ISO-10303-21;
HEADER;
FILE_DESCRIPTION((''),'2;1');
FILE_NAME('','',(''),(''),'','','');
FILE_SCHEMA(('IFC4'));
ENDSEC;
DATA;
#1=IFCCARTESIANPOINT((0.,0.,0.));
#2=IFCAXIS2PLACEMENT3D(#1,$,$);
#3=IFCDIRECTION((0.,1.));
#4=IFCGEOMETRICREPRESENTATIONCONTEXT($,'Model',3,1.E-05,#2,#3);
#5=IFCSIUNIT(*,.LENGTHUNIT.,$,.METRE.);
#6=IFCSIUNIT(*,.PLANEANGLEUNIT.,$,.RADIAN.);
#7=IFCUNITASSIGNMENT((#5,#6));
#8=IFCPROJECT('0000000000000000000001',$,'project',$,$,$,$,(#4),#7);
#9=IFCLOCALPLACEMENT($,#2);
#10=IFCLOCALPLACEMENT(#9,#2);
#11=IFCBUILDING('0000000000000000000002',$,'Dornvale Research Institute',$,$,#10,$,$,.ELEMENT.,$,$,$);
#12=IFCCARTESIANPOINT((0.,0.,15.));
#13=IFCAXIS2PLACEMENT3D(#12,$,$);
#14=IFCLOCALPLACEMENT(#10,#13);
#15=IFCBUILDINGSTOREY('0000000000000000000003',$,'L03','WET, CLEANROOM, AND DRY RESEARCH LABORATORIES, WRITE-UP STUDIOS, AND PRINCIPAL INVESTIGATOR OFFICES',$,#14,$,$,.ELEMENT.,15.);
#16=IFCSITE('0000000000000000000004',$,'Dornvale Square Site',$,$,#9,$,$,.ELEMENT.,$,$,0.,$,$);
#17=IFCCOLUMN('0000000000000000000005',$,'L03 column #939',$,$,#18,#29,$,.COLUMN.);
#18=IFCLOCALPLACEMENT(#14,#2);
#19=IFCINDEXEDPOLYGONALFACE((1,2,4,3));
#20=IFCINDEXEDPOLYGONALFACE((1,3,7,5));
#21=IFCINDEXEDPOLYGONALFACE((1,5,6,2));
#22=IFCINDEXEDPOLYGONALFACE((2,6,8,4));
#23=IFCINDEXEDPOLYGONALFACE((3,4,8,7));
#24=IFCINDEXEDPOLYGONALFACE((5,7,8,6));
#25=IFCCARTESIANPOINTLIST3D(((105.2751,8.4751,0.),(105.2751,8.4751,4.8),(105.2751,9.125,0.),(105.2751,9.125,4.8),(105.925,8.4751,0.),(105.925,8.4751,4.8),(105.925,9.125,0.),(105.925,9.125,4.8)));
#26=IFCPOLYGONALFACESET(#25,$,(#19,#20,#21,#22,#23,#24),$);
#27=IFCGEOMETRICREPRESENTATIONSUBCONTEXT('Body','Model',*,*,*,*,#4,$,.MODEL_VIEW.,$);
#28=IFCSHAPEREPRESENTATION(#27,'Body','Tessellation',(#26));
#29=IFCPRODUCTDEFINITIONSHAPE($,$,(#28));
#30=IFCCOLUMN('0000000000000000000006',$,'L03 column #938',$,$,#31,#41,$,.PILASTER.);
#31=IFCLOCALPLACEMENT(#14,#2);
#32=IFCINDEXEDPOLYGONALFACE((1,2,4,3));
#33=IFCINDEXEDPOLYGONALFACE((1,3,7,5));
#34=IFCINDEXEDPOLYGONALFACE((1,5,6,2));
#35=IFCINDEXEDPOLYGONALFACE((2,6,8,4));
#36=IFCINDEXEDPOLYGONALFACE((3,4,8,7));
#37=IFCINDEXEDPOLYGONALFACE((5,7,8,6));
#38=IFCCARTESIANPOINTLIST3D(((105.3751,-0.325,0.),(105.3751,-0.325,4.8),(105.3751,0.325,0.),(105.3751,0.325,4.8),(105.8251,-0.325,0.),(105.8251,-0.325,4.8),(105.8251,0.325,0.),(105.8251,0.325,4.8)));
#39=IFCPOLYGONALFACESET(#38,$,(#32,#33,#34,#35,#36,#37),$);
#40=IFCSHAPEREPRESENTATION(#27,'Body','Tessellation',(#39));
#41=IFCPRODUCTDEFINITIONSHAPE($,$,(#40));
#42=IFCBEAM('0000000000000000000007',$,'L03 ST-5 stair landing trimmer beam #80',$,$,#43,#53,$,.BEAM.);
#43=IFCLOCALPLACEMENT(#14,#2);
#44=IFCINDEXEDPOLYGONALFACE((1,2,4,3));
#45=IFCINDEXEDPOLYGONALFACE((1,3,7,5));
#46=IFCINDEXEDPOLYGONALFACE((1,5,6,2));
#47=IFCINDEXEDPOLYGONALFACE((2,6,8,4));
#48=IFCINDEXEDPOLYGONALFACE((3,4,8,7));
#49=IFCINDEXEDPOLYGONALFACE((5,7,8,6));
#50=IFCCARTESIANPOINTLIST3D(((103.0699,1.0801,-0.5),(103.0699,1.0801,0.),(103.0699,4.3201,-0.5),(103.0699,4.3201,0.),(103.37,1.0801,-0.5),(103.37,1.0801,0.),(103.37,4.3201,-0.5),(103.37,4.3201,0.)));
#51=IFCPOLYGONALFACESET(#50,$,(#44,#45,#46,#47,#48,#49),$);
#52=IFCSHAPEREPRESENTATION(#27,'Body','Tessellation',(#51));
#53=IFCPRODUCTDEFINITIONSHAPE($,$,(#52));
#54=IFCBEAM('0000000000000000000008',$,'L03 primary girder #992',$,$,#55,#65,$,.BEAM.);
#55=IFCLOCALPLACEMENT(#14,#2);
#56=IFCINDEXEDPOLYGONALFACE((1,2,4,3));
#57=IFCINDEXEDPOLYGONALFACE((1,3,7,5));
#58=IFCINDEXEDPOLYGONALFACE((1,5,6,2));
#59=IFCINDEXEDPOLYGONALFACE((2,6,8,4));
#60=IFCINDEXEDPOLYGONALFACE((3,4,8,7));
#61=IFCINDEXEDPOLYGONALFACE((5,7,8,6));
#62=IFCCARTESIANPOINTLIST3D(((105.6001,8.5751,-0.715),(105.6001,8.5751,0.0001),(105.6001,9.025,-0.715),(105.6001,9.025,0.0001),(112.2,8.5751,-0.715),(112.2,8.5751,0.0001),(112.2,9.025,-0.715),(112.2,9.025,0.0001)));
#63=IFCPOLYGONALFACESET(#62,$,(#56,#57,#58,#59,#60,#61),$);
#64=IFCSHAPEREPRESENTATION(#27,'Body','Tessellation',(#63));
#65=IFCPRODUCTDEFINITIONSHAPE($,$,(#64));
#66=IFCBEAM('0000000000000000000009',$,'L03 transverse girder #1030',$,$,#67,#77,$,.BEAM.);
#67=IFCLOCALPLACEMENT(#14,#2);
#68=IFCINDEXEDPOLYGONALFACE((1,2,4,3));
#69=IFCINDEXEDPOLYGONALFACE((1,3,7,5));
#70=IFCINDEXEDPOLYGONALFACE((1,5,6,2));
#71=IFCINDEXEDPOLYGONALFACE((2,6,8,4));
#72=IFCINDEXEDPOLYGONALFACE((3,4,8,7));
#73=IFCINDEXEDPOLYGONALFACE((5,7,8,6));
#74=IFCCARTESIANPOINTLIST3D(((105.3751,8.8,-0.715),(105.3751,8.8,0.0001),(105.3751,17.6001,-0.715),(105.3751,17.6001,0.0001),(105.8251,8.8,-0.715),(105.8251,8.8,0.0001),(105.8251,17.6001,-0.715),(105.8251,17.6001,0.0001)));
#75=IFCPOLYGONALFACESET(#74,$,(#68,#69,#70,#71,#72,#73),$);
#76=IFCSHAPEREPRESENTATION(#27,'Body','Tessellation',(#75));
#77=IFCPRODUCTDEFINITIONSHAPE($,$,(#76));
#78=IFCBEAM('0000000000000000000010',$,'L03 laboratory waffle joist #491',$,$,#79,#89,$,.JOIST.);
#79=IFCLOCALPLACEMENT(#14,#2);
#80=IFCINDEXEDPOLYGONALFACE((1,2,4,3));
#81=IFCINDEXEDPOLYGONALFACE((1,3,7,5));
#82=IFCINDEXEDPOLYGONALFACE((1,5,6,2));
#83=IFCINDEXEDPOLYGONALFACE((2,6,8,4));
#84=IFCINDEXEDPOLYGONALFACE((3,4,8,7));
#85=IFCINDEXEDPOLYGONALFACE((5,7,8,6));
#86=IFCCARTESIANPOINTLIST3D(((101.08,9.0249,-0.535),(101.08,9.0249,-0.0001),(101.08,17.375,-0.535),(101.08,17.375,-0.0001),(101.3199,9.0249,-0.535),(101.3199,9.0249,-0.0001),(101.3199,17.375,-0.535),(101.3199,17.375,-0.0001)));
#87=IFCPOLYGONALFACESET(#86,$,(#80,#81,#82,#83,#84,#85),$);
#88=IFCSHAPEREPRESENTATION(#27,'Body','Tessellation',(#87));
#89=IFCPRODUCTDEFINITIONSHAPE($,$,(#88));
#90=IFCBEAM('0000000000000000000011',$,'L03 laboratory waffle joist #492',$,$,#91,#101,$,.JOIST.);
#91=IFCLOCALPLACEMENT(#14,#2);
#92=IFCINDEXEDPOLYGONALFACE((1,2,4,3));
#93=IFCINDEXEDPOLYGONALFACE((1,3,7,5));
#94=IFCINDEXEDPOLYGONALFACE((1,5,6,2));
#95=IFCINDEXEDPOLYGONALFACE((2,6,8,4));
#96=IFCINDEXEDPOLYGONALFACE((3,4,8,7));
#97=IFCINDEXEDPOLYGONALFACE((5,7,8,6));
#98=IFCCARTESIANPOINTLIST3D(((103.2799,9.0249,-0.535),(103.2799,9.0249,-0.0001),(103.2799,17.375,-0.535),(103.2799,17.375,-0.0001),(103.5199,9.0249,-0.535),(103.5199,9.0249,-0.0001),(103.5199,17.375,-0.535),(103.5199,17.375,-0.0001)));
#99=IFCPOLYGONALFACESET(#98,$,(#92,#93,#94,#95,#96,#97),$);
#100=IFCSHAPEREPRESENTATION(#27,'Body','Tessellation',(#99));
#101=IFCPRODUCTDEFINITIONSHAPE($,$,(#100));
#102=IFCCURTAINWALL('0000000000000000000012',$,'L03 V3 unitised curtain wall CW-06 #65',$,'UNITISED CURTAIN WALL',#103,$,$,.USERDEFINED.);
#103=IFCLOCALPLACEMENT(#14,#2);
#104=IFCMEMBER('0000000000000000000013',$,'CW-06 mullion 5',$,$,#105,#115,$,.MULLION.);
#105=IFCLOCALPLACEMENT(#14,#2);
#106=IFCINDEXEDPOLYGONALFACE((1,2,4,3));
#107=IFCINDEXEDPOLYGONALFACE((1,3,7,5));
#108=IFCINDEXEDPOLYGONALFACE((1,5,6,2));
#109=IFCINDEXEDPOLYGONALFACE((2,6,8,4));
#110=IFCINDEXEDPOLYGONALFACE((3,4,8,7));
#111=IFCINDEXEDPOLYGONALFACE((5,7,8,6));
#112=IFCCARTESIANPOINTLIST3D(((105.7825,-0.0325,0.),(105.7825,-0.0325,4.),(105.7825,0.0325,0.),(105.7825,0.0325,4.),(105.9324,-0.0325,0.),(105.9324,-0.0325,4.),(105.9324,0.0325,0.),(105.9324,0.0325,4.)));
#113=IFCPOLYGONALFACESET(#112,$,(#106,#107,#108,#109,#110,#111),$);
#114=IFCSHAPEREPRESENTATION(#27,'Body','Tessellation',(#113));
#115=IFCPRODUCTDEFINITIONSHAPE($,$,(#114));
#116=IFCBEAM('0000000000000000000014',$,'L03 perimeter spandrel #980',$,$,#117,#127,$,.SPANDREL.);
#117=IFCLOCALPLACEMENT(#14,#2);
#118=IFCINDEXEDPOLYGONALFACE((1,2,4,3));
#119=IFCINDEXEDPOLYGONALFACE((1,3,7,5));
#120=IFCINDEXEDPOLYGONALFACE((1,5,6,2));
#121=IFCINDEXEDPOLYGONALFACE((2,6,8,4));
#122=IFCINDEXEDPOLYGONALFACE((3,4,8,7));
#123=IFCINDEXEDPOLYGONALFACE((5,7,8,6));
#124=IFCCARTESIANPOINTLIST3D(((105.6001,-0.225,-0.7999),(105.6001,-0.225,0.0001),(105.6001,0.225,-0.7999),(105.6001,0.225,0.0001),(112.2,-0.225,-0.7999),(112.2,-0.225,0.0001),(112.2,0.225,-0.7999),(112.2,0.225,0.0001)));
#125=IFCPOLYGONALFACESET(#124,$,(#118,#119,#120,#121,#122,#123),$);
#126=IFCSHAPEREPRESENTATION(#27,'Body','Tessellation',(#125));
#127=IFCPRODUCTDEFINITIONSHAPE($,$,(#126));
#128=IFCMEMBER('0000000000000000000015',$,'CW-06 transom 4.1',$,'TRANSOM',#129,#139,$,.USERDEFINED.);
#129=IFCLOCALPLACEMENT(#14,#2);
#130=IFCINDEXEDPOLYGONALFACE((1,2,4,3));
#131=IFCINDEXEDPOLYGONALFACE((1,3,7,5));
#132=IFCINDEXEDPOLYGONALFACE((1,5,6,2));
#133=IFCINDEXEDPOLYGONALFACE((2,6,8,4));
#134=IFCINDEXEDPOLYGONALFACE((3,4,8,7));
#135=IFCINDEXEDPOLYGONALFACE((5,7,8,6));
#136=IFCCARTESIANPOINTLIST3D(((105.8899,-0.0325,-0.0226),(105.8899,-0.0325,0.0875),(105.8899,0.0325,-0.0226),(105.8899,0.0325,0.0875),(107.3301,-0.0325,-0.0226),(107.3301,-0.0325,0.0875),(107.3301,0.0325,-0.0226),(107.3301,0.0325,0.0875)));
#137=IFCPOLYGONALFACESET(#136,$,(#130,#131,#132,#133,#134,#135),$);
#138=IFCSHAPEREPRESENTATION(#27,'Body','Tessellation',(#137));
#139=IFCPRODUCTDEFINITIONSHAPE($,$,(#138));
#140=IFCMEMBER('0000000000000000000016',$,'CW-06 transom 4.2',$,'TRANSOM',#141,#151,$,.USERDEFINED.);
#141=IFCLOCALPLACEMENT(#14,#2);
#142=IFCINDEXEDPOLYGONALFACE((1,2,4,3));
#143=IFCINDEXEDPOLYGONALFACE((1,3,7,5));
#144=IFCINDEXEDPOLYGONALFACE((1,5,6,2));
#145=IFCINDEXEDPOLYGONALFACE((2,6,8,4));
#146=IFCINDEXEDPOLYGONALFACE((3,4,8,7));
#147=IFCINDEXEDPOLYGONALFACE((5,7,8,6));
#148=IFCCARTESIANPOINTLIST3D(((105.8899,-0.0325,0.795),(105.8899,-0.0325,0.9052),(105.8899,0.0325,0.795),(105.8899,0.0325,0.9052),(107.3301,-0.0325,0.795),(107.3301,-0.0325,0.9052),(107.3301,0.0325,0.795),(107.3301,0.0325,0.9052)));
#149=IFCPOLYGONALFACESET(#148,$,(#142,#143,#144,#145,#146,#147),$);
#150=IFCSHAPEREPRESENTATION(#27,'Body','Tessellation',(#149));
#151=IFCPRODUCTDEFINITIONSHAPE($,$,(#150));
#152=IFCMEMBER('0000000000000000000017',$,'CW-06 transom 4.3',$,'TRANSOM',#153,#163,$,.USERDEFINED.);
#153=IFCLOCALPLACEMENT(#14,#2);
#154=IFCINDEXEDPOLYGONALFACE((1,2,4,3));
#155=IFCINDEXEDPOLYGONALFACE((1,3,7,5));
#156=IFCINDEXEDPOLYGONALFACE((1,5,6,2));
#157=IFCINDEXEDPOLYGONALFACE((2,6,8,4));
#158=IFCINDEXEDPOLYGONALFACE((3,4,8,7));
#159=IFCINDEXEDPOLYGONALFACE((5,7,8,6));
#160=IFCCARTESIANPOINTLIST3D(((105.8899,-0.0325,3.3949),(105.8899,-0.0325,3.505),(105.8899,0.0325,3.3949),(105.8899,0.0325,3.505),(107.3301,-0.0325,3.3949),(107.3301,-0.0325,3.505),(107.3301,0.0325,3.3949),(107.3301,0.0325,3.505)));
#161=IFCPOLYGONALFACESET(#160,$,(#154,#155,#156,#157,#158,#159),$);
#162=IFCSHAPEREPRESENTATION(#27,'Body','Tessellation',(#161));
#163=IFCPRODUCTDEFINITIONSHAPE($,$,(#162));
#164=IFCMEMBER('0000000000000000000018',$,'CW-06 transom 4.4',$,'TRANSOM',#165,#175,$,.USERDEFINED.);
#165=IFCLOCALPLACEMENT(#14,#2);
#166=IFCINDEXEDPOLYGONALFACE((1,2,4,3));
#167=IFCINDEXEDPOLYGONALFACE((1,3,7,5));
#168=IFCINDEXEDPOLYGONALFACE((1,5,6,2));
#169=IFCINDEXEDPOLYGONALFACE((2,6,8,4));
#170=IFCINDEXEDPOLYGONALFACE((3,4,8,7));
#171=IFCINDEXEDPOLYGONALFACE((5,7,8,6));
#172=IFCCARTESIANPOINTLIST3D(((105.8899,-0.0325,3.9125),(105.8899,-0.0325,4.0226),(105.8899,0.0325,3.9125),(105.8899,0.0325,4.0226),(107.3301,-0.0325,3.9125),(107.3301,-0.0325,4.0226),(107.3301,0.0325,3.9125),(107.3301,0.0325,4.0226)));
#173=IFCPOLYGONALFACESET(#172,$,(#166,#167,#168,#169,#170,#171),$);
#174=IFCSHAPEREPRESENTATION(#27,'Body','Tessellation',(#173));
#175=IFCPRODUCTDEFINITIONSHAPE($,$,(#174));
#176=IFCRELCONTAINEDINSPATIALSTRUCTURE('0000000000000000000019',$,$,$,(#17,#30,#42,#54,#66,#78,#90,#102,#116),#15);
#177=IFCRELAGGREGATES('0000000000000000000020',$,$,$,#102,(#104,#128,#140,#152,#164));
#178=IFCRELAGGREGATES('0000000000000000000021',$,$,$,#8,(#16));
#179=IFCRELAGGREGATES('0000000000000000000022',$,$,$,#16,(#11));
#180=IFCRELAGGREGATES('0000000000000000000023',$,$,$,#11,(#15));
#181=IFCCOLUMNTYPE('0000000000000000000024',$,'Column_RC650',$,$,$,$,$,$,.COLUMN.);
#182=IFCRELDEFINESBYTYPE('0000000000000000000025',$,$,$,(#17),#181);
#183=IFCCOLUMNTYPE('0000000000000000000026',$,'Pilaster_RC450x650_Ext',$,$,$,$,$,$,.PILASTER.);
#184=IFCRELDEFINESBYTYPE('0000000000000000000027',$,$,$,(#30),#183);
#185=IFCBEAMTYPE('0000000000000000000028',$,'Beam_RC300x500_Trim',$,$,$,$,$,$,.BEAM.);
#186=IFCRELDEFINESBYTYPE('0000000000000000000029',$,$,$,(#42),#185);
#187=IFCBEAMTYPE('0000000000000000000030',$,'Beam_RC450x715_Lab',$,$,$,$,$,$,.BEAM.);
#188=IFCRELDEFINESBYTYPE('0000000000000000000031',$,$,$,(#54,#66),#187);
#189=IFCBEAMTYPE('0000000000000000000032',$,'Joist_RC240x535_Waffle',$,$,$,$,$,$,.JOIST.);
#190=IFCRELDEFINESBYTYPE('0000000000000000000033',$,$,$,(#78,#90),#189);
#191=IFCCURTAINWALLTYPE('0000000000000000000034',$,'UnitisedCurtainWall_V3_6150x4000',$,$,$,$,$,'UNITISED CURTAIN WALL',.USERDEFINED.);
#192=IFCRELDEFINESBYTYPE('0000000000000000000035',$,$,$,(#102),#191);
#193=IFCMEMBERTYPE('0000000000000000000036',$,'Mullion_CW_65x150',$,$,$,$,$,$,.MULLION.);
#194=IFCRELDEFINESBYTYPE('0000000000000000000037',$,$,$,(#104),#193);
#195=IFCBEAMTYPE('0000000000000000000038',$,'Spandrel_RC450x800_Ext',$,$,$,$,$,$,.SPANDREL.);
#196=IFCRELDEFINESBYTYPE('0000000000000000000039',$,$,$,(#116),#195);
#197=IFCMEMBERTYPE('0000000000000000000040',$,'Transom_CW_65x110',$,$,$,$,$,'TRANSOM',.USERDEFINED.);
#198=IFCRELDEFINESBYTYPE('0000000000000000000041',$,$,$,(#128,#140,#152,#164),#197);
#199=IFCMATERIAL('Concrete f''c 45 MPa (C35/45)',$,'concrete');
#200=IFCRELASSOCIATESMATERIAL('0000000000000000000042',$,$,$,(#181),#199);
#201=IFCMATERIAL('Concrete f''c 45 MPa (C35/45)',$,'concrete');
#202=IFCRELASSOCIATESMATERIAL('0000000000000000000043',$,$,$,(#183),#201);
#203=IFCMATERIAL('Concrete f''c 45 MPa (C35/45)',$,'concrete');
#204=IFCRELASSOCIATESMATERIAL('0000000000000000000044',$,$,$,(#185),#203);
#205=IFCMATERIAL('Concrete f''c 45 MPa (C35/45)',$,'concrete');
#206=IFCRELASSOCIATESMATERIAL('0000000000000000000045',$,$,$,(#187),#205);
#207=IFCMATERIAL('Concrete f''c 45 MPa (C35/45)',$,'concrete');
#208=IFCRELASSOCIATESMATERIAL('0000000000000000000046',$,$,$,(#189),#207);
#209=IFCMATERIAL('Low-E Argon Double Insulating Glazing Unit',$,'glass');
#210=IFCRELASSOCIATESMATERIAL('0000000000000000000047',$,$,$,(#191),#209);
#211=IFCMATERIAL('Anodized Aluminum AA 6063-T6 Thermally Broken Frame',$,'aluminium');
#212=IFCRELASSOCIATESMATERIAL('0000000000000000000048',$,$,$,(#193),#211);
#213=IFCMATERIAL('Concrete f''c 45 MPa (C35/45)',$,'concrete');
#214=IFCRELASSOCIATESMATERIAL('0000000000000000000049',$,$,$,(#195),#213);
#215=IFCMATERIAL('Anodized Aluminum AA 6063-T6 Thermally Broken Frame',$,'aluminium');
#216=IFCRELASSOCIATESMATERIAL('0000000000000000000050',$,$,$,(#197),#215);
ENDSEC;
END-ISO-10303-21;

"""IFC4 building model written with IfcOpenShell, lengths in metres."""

from ifc_helpers import new_model, si_unit, direction, frame, origin, origin_2d, place, context, subcontext, project, spatial, rectangle, extrude, material, material_profile, profile_set, type_object, element, aggregate, save


model = new_model("IFC4")

# Units and contexts
model_context = context("Model", 3, precision=1e-05, world=origin(), true_north=direction((0.0, 1.0)))
body_context = subcontext(model_context, "Body", "Model", "MODEL_VIEW")
ifc_project = project(units=[si_unit("LENGTHUNIT", "METRE"), si_unit("PLANEANGLEUNIT", "RADIAN")], contexts=[model_context])

# Site, building, storey
site_placement = place(None, origin())
site = spatial("IfcSite", under=ifc_project, at=site_placement, Name="Dornvale Square Site", CompositionType="ELEMENT", RefElevation=0.0)
building_placement = place(site_placement, origin())
building = spatial("IfcBuilding", under=site, at=building_placement, Name="Dornvale Research Institute", CompositionType="ELEMENT")
storey_placement = place(building_placement, frame((0.0, 0.0, 15.0)))
storey = spatial("IfcBuildingStorey", under=building, at=storey_placement, Name="L03", Description="WET, CLEANROOM, AND DRY RESEARCH LABORATORIES, WRITE-UP STUDIOS, AND PRINCIPAL INVESTIGATOR OFFICES", CompositionType="ELEMENT", Elevation=15.0)

# Columns
ifc_material_1 = material(Name="Concrete f'c 45 MPa (C35/45)", Category="concrete")
ifc_material_profile_1 = material_profile(ifc_material_1, rectangle(XDim=0.6499, YDim=0.6499, at=origin_2d()), Name="RC 650x650")
ifc_profile_set_1 = profile_set([ifc_material_profile_1], Name="Concrete f'c 45 MPa (C35/45)")
column_type_1 = type_object("IfcColumnType", Name="Column_RC650", PredefinedType="COLUMN", material=ifc_profile_set_1)
column_1_placement = place(storey_placement, frame((105.6001, 8.8, 0.0), z_axis=(0.0, 0.0, 1.0), x_axis=(1.0, 0.0, 0.0)))
element("IfcColumn", 1, at=column_1_placement, inside=storey, type_object=column_type_1, Name="L03 column #939", PredefinedType="COLUMN", context=body_context, shape_type="SweptSolid", body=[
    extrude(rectangle(XDim=0.6499, YDim=0.6499, at=origin_2d()), origin(), (0.0, 0.0, 1.0), 4.8),
])
ifc_material_2 = material(Name="Concrete f'c 45 MPa (C35/45)", Category="concrete")
ifc_material_profile_2 = material_profile(ifc_material_2, rectangle(XDim=0.45, YDim=0.6499, at=origin_2d()), Name="RC 450x650")
ifc_profile_set_2 = profile_set([ifc_material_profile_2], Name="Concrete f'c 45 MPa (C35/45)")
column_type_2 = type_object("IfcColumnType", Name="Pilaster_RC450x650_Ext", PredefinedType="PILASTER", material=ifc_profile_set_2)
column_2_placement = place(storey_placement, frame((105.6001, 0.0, 0.0), z_axis=(0.0, 0.0, 1.0), x_axis=(1.0, 0.0, 0.0)))
element("IfcColumn", 2, at=column_2_placement, inside=storey, type_object=column_type_2, Name="L03 column #938", PredefinedType="PILASTER", context=body_context, shape_type="SweptSolid", body=[
    extrude(rectangle(XDim=0.45, YDim=0.6499, at=origin_2d()), origin(), (0.0, 0.0, 1.0), 4.8),
])

# Beams
ifc_material_3 = material(Name="Concrete f'c 45 MPa (C35/45)", Category="concrete")
ifc_material_profile_3 = material_profile(ifc_material_3, rectangle(XDim=0.3, YDim=0.5, at=origin_2d()), Name="RC 300x500")
ifc_profile_set_3 = profile_set([ifc_material_profile_3], Name="Concrete f'c 45 MPa (C35/45)")
beam_type_1 = type_object("IfcBeamType", Name="Beam_RC300x500_Trim", PredefinedType="BEAM", material=ifc_profile_set_3)
beam_1_placement = place(storey_placement, frame((103.22, 1.0801, -0.25), z_axis=(0.0, 1.0, 0.0), x_axis=(-1.0, 0.0, 0.0)))
element("IfcBeam", 3, at=beam_1_placement, inside=storey, type_object=beam_type_1, Name="L03 ST-5 stair landing trimmer beam #80", PredefinedType="BEAM", context=body_context, shape_type="SweptSolid", body=[
    extrude(rectangle(XDim=0.3, YDim=0.5, at=origin_2d()), origin(), (0.0, 0.0, 1.0), 3.24),
])
ifc_material_4 = material(Name="Concrete f'c 45 MPa (C35/45)", Category="concrete")
ifc_material_profile_4 = material_profile(ifc_material_4, rectangle(XDim=0.45, YDim=0.7151, at=origin_2d()), Name="RC 450x715")
ifc_profile_set_4 = profile_set([ifc_material_profile_4], Name="Concrete f'c 45 MPa (C35/45)")
beam_type_2 = type_object("IfcBeamType", Name="Beam_RC450x715_Lab", PredefinedType="BEAM", material=ifc_profile_set_4)
beam_2_placement = place(storey_placement, frame((105.6001, 8.8, -0.3574), z_axis=(1.0, 0.0, 0.0), x_axis=(0.0, 1.0, 0.0)))
element("IfcBeam", 4, at=beam_2_placement, inside=storey, type_object=beam_type_2, Name="L03 primary girder #992", PredefinedType="BEAM", context=body_context, shape_type="SweptSolid", body=[
    extrude(rectangle(XDim=0.45, YDim=0.7151, at=origin_2d()), origin(), (0.0, 0.0, 1.0), 6.5999),
])
beam_3_placement = place(storey_placement, frame((105.6001, 8.8, -0.3574), z_axis=(0.0, 1.0, 0.0), x_axis=(-1.0, 0.0, 0.0)))
element("IfcBeam", 5, at=beam_3_placement, inside=storey, type_object=beam_type_2, Name="L03 transverse girder #1030", PredefinedType="BEAM", context=body_context, shape_type="SweptSolid", body=[
    extrude(rectangle(XDim=0.45, YDim=0.7151, at=origin_2d()), origin(), (0.0, 0.0, 1.0), 8.8),
])
ifc_material_5 = material(Name="Concrete f'c 45 MPa (C35/45)", Category="concrete")
ifc_material_profile_5 = material_profile(ifc_material_5, rectangle(XDim=0.24, YDim=0.5349, at=origin_2d()), Name="RC 240x535")
ifc_profile_set_5 = profile_set([ifc_material_profile_5], Name="Concrete f'c 45 MPa (C35/45)")
beam_type_3 = type_object("IfcBeamType", Name="Joist_RC240x535_Waffle", PredefinedType="JOIST", material=ifc_profile_set_5)
for number, where, z_axis, x_axis, name in (
    (6, (101.2, 9.0249, -0.2676), (0.0, 1.0, 0.0), (-1.0, 0.0, 0.0), "L03 laboratory waffle joist #491"),
    (7, (103.3999, 9.0249, -0.2676), (0.0, 1.0, 0.0), (-1.0, 0.0, 0.0), "L03 laboratory waffle joist #492"),
):
    element("IfcBeam", number, at=place(storey_placement, frame(where, z_axis=z_axis, x_axis=x_axis)), inside=storey, type_object=beam_type_3, Name=name, PredefinedType="JOIST", context=body_context, shape_type="SweptSolid", body=[
        extrude(rectangle(XDim=0.24, YDim=0.5349, at=origin_2d()), origin(), (0.0, 0.0, 1.0), 8.3501),
    ])

# Curtain wall, member
ifc_material_6 = material(Name="Low-E Argon Double Insulating Glazing Unit", Category="glass")
curtain_wall_type = type_object("IfcCurtainWallType", Name="UnitisedCurtainWall_V3_6150x4000", ElementType="UNITISED CURTAIN WALL", PredefinedType="USERDEFINED", material=ifc_material_6)
curtain_wall_placement = place(storey_placement, origin())
curtain_wall = element("IfcCurtainWall", 8, at=curtain_wall_placement, inside=storey, type_object=curtain_wall_type, Name="L03 V3 unitised curtain wall CW-06 #65", ObjectType="UNITISED CURTAIN WALL", PredefinedType="USERDEFINED")
ifc_material_7 = material(Name="Anodized Aluminum AA 6063-T6 Thermally Broken Frame", Category="aluminium")
ifc_material_profile_6 = material_profile(ifc_material_7, rectangle(XDim=0.0649, YDim=0.1499, at=origin_2d()), Name="ALU MULLION 65x150")
ifc_profile_set_6 = profile_set([ifc_material_profile_6], Name="Anodized Aluminum AA 6063-T6 Thermally Broken Frame")
member_type_1 = type_object("IfcMemberType", Name="Mullion_CW_65x150", PredefinedType="MULLION", material=ifc_profile_set_6)
member_1_placement = place(storey_placement, frame((105.8574, 0.0, 0.0), z_axis=(0.0, 0.0, 1.0), x_axis=(0.0, -1.0, 0.0)))
member_1 = element("IfcMember", 9, at=member_1_placement, type_object=member_type_1, Name="CW-06 mullion 5", PredefinedType="MULLION", context=body_context, shape_type="SweptSolid", body=[
    extrude(rectangle(XDim=0.0649, YDim=0.1499, at=origin_2d()), origin(), (0.0, 0.0, 1.0), 4.0),
])

# Beam
ifc_material_8 = material(Name="Concrete f'c 45 MPa (C35/45)", Category="concrete")
ifc_material_profile_7 = material_profile(ifc_material_8, rectangle(XDim=0.45, YDim=0.8, at=origin_2d()), Name="RC 450x800")
ifc_profile_set_7 = profile_set([ifc_material_profile_7], Name="Concrete f'c 45 MPa (C35/45)")
beam_type_4 = type_object("IfcBeamType", Name="Spandrel_RC450x800_Ext", PredefinedType="SPANDREL", material=ifc_profile_set_7)
beam_4_placement = place(storey_placement, frame((105.6001, 0.0, -0.3999), z_axis=(1.0, 0.0, 0.0), x_axis=(0.0, 1.0, 0.0)))
element("IfcBeam", 10, at=beam_4_placement, inside=storey, type_object=beam_type_4, Name="L03 perimeter spandrel #980", PredefinedType="SPANDREL", context=body_context, shape_type="SweptSolid", body=[
    extrude(rectangle(XDim=0.45, YDim=0.8, at=origin_2d()), origin(), (0.0, 0.0, 1.0), 6.5999),
])

# Members
ifc_material_9 = material(Name="Anodized Aluminum AA 6063-T6 Thermally Broken Frame", Category="aluminium")
ifc_material_profile_8 = material_profile(ifc_material_9, rectangle(XDim=0.0649, YDim=0.1101, at=origin_2d()), Name="ALU TRANSOM 65x110")
ifc_profile_set_8 = profile_set([ifc_material_profile_8], Name="Anodized Aluminum AA 6063-T6 Thermally Broken Frame")
member_type_2 = type_object("IfcMemberType", Name="Transom_CW_65x110", ElementType="TRANSOM", PredefinedType="USERDEFINED", material=ifc_profile_set_8)
member_2_placement = place(storey_placement, frame((107.3301, 0.0, 0.0325), z_axis=(-1.0, 0.0, 0.0), x_axis=(0.0, -1.0, 0.0)))
member_2 = element("IfcMember", 11, at=member_2_placement, type_object=member_type_2, Name="CW-06 transom 4.1", ObjectType="TRANSOM", PredefinedType="USERDEFINED", context=body_context, shape_type="SweptSolid", body=[
    extrude(rectangle(XDim=0.0649, YDim=0.1101, at=origin_2d()), origin(), (0.0, 0.0, 1.0), 1.4402),
])
member_3_placement = place(storey_placement, frame((107.3301, 0.0, 0.8501), z_axis=(-1.0, 0.0, 0.0), x_axis=(0.0, -1.0, 0.0)))
member_3 = element("IfcMember", 12, at=member_3_placement, type_object=member_type_2, Name="CW-06 transom 4.2", ObjectType="TRANSOM", PredefinedType="USERDEFINED", context=body_context, shape_type="SweptSolid", body=[
    extrude(rectangle(XDim=0.0649, YDim=0.1101, at=origin_2d()), origin(), (0.0, 0.0, 1.0), 1.4402),
])
member_4_placement = place(storey_placement, frame((107.3301, 0.0, 3.45), z_axis=(-1.0, 0.0, 0.0), x_axis=(0.0, -1.0, 0.0)))
member_4 = element("IfcMember", 13, at=member_4_placement, type_object=member_type_2, Name="CW-06 transom 4.3", ObjectType="TRANSOM", PredefinedType="USERDEFINED", context=body_context, shape_type="SweptSolid", body=[
    extrude(rectangle(XDim=0.0649, YDim=0.1101, at=origin_2d()), origin(), (0.0, 0.0, 1.0), 1.4402),
])
member_5_placement = place(storey_placement, frame((107.3301, 0.0, 3.9675), z_axis=(-1.0, 0.0, 0.0), x_axis=(0.0, -1.0, 0.0)))
member_5 = element("IfcMember", 14, at=member_5_placement, type_object=member_type_2, Name="CW-06 transom 4.4", ObjectType="TRANSOM", PredefinedType="USERDEFINED", context=body_context, shape_type="SweptSolid", body=[
    extrude(rectangle(XDim=0.0649, YDim=0.1101, at=origin_2d()), origin(), (0.0, 0.0, 1.0), 1.4402),
])

aggregate(curtain_wall, [member_1, member_2, member_3, member_4, member_5])

save(model, "model.ifc")
